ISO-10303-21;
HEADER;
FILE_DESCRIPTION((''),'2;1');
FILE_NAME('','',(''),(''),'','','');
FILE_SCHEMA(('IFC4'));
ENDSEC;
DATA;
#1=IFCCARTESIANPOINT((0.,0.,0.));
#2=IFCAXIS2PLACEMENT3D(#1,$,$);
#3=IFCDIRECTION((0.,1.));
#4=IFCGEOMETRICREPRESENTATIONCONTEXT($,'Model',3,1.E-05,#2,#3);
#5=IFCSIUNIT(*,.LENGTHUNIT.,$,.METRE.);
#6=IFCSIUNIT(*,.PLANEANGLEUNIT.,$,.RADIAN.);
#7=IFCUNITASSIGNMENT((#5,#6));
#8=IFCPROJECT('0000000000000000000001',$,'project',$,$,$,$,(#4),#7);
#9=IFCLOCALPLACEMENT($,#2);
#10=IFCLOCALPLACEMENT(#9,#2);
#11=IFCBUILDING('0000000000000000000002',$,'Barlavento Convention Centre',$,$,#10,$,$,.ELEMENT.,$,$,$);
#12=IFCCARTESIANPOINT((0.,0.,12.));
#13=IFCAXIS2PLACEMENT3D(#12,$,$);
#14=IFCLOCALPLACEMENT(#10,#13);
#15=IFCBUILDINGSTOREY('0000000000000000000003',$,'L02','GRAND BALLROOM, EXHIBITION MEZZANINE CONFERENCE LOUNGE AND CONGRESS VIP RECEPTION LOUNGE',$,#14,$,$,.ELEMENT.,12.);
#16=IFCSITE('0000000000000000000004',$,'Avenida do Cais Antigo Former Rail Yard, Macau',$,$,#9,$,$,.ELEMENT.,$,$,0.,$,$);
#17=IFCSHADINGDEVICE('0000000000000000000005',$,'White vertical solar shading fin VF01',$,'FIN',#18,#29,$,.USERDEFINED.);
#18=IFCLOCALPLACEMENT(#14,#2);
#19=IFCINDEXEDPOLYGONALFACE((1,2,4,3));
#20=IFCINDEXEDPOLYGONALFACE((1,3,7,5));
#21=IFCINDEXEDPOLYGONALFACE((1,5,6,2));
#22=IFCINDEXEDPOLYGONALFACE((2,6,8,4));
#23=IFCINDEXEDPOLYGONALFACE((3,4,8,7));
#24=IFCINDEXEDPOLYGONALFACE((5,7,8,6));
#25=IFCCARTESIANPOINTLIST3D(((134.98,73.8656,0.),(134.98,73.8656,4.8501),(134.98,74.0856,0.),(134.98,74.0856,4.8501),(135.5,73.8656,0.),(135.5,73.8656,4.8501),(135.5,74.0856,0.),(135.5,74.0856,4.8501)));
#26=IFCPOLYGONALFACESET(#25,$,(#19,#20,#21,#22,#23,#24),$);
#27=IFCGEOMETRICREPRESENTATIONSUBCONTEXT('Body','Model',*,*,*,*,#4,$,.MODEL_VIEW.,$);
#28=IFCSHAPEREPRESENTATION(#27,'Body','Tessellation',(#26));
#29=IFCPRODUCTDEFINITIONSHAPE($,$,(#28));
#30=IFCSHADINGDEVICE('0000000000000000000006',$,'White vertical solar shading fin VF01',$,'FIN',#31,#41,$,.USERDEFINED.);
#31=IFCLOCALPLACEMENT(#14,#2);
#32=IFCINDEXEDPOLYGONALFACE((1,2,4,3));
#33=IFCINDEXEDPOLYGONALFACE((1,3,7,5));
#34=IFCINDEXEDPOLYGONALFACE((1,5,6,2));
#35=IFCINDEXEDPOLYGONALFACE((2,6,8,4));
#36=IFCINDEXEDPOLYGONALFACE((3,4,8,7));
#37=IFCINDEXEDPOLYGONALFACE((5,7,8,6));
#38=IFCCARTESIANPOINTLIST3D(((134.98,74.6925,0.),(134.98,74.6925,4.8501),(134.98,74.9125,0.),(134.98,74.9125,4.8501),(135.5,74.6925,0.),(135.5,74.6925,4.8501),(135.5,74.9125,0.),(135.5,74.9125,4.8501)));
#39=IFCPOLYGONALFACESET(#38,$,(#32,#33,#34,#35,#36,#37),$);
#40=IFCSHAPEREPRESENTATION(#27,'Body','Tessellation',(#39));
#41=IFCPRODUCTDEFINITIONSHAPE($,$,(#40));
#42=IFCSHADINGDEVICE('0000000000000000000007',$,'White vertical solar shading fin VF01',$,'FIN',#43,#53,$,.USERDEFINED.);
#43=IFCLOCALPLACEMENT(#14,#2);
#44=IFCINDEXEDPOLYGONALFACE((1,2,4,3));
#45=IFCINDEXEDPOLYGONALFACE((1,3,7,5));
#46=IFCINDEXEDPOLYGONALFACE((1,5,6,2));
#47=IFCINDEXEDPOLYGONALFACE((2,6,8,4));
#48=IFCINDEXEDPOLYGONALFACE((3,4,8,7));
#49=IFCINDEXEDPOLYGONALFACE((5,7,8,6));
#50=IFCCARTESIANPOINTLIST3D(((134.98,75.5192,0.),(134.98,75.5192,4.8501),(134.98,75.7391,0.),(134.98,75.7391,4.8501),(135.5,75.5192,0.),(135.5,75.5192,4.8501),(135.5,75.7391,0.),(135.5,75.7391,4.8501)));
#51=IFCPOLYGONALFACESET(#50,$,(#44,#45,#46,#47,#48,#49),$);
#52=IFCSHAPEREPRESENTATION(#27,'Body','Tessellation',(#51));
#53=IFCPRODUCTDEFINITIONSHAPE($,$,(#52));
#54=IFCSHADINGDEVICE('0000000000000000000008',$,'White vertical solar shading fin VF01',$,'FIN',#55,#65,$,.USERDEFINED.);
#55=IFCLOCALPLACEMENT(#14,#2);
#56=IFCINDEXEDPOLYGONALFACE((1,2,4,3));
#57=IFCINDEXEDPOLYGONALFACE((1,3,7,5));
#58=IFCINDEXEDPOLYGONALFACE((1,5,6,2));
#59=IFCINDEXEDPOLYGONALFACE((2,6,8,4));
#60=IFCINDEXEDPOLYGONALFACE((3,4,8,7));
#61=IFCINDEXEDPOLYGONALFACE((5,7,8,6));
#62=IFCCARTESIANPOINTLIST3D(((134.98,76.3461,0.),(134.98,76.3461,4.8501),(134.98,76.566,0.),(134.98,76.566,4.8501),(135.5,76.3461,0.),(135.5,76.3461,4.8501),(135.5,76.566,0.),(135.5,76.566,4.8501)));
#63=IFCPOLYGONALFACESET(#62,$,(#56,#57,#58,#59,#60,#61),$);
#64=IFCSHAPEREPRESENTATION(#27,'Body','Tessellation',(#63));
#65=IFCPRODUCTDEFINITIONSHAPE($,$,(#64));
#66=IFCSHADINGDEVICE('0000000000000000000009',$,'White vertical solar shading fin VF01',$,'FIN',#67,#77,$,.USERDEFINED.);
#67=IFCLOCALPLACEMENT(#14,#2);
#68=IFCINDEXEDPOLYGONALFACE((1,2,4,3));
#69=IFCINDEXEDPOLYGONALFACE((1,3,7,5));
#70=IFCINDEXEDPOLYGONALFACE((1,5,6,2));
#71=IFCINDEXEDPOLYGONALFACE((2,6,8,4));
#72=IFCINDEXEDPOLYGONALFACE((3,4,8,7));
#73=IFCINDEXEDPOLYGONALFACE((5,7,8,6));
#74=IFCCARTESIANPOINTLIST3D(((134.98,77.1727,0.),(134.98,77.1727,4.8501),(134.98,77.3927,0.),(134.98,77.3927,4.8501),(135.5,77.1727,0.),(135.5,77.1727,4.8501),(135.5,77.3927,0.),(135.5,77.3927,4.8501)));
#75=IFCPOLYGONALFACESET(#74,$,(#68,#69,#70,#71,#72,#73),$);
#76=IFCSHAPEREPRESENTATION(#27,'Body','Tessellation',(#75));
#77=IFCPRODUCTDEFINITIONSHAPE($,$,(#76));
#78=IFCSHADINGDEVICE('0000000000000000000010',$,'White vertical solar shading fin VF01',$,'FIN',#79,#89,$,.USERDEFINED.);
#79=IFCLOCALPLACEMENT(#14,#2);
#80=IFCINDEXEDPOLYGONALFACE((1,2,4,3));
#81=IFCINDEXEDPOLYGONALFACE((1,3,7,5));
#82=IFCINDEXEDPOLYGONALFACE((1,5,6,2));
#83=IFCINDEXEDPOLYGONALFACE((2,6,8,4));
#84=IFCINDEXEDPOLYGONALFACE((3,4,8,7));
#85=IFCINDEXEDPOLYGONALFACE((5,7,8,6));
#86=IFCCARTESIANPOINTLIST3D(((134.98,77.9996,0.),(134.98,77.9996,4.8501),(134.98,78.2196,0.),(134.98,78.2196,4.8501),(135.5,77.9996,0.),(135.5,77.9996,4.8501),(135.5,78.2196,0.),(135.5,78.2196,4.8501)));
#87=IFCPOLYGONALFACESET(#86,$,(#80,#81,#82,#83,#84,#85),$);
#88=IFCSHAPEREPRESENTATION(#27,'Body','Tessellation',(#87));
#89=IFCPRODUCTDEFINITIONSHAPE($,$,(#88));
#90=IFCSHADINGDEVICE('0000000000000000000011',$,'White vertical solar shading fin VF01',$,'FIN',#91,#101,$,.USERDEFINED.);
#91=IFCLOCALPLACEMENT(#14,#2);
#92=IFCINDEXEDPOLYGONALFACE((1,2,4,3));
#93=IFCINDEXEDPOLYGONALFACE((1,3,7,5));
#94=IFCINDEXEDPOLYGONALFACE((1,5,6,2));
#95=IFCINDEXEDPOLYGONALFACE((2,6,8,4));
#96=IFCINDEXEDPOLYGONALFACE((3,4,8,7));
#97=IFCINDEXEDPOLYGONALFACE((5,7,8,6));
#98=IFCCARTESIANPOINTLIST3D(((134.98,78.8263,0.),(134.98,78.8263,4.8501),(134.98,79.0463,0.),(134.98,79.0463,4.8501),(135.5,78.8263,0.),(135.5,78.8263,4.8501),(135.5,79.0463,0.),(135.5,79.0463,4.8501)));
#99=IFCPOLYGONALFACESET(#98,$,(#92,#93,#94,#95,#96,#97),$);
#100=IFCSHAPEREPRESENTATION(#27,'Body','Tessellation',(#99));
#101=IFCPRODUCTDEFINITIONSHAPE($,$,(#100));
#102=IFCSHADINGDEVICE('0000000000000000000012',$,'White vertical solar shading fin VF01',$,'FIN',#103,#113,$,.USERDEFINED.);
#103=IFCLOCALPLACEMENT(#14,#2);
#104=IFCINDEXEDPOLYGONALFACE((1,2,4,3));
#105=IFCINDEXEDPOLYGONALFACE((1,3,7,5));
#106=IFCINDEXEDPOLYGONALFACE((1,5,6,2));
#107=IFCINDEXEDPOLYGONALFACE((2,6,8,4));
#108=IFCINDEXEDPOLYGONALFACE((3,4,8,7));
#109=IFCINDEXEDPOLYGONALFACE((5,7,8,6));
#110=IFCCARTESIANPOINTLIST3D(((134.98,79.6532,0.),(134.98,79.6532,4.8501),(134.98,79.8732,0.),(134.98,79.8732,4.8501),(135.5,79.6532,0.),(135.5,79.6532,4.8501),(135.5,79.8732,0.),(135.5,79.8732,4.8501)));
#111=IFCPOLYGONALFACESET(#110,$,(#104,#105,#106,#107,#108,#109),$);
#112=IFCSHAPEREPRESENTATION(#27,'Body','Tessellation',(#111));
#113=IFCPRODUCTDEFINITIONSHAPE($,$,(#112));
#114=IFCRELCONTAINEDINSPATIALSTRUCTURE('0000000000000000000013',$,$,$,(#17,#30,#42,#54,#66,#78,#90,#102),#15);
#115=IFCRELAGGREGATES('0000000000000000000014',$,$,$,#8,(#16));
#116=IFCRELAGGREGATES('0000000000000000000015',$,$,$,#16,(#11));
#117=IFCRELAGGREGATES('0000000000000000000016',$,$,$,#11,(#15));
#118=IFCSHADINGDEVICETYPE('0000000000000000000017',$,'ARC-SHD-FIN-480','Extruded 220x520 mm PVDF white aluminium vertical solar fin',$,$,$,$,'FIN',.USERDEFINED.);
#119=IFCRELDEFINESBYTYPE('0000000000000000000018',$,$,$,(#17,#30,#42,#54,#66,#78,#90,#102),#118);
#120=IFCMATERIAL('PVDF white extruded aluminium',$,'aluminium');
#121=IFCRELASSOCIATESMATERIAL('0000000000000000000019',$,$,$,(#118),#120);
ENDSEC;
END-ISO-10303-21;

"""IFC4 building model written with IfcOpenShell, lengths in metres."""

from ifc_helpers import new_model, si_unit, direction, frame, origin, origin_2d, place, context, subcontext, project, spatial, rectangle, extrude, material, type_object, element, save


model = new_model("IFC4")

# Units and contexts
model_context = context("Model", 3, precision=1e-05, world=origin(), true_north=direction((0.0, 1.0)))
body_context = subcontext(model_context, "Body", "Model", "MODEL_VIEW")
ifc_project = project(units=[si_unit("LENGTHUNIT", "METRE"), si_unit("PLANEANGLEUNIT", "RADIAN")], contexts=[model_context])

# Site, building, storey
site_placement = place(None, origin())
site = spatial("IfcSite", under=ifc_project, at=site_placement, Name="Avenida do Cais Antigo Former Rail Yard, Macau", CompositionType="ELEMENT", RefElevation=0.0)
building_placement = place(site_placement, origin())
building = spatial("IfcBuilding", under=site, at=building_placement, Name="Barlavento Convention Centre", CompositionType="ELEMENT")
storey_placement = place(building_placement, frame((0.0, 0.0, 12.0)))
storey = spatial("IfcBuildingStorey", under=building, at=storey_placement, Name="L02", Description="GRAND BALLROOM, EXHIBITION MEZZANINE CONFERENCE LOUNGE AND CONGRESS VIP RECEPTION LOUNGE", CompositionType="ELEMENT", Elevation=12.0)

# Shading devices
ifc_material_1 = material(Name="PVDF white extruded aluminium", Category="aluminium")
shading_device_type = type_object("IfcShadingDeviceType", Name="ARC-SHD-FIN-480", Description="Extruded 220x520 mm PVDF white aluminium vertical solar fin", ElementType="FIN", PredefinedType="USERDEFINED", material=ifc_material_1)
for number, where, z_axis, x_axis, name in (
    (1, (135.24, 73.9756, 0.0), (0.0, 0.0, 1.0), (0.0, 1.0, 0.0), "White vertical solar shading fin VF01"),
    (2, (135.24, 74.8025, 0.0), (0.0, 0.0, 1.0), (0.0, 1.0, 0.0), "White vertical solar shading fin VF01"),
    (3, (135.24, 75.6292, 0.0), (0.0, 0.0, 1.0), (0.0, 1.0, 0.0), "White vertical solar shading fin VF01"),
    (4, (135.24, 76.4561, 0.0), (0.0, 0.0, 1.0), (0.0, 1.0, 0.0), "White vertical solar shading fin VF01"),
    (5, (135.24, 77.2827, 0.0), (0.0, 0.0, 1.0), (0.0, 1.0, 0.0), "White vertical solar shading fin VF01"),
    (6, (135.24, 78.1096, 0.0), (0.0, 0.0, 1.0), (0.0, 1.0, 0.0), "White vertical solar shading fin VF01"),
    (7, (135.24, 78.9363, 0.0), (0.0, 0.0, 1.0), (0.0, 1.0, 0.0), "White vertical solar shading fin VF01"),
    (8, (135.24, 79.7632, 0.0), (0.0, 0.0, 1.0), (0.0, 1.0, 0.0), "White vertical solar shading fin VF01"),
):
    element("IfcShadingDevice", number, at=place(storey_placement, frame(where, z_axis=z_axis, x_axis=x_axis)), inside=storey, type_object=shading_device_type, Name=name, ObjectType="FIN", PredefinedType="USERDEFINED", context=body_context, shape_type="SweptSolid", body=[
        extrude(rectangle(XDim=0.22, YDim=0.52, at=origin_2d()), origin(), (0.0, 0.0, 1.0), 4.8501),
    ])

save(model, "model.ifc")
